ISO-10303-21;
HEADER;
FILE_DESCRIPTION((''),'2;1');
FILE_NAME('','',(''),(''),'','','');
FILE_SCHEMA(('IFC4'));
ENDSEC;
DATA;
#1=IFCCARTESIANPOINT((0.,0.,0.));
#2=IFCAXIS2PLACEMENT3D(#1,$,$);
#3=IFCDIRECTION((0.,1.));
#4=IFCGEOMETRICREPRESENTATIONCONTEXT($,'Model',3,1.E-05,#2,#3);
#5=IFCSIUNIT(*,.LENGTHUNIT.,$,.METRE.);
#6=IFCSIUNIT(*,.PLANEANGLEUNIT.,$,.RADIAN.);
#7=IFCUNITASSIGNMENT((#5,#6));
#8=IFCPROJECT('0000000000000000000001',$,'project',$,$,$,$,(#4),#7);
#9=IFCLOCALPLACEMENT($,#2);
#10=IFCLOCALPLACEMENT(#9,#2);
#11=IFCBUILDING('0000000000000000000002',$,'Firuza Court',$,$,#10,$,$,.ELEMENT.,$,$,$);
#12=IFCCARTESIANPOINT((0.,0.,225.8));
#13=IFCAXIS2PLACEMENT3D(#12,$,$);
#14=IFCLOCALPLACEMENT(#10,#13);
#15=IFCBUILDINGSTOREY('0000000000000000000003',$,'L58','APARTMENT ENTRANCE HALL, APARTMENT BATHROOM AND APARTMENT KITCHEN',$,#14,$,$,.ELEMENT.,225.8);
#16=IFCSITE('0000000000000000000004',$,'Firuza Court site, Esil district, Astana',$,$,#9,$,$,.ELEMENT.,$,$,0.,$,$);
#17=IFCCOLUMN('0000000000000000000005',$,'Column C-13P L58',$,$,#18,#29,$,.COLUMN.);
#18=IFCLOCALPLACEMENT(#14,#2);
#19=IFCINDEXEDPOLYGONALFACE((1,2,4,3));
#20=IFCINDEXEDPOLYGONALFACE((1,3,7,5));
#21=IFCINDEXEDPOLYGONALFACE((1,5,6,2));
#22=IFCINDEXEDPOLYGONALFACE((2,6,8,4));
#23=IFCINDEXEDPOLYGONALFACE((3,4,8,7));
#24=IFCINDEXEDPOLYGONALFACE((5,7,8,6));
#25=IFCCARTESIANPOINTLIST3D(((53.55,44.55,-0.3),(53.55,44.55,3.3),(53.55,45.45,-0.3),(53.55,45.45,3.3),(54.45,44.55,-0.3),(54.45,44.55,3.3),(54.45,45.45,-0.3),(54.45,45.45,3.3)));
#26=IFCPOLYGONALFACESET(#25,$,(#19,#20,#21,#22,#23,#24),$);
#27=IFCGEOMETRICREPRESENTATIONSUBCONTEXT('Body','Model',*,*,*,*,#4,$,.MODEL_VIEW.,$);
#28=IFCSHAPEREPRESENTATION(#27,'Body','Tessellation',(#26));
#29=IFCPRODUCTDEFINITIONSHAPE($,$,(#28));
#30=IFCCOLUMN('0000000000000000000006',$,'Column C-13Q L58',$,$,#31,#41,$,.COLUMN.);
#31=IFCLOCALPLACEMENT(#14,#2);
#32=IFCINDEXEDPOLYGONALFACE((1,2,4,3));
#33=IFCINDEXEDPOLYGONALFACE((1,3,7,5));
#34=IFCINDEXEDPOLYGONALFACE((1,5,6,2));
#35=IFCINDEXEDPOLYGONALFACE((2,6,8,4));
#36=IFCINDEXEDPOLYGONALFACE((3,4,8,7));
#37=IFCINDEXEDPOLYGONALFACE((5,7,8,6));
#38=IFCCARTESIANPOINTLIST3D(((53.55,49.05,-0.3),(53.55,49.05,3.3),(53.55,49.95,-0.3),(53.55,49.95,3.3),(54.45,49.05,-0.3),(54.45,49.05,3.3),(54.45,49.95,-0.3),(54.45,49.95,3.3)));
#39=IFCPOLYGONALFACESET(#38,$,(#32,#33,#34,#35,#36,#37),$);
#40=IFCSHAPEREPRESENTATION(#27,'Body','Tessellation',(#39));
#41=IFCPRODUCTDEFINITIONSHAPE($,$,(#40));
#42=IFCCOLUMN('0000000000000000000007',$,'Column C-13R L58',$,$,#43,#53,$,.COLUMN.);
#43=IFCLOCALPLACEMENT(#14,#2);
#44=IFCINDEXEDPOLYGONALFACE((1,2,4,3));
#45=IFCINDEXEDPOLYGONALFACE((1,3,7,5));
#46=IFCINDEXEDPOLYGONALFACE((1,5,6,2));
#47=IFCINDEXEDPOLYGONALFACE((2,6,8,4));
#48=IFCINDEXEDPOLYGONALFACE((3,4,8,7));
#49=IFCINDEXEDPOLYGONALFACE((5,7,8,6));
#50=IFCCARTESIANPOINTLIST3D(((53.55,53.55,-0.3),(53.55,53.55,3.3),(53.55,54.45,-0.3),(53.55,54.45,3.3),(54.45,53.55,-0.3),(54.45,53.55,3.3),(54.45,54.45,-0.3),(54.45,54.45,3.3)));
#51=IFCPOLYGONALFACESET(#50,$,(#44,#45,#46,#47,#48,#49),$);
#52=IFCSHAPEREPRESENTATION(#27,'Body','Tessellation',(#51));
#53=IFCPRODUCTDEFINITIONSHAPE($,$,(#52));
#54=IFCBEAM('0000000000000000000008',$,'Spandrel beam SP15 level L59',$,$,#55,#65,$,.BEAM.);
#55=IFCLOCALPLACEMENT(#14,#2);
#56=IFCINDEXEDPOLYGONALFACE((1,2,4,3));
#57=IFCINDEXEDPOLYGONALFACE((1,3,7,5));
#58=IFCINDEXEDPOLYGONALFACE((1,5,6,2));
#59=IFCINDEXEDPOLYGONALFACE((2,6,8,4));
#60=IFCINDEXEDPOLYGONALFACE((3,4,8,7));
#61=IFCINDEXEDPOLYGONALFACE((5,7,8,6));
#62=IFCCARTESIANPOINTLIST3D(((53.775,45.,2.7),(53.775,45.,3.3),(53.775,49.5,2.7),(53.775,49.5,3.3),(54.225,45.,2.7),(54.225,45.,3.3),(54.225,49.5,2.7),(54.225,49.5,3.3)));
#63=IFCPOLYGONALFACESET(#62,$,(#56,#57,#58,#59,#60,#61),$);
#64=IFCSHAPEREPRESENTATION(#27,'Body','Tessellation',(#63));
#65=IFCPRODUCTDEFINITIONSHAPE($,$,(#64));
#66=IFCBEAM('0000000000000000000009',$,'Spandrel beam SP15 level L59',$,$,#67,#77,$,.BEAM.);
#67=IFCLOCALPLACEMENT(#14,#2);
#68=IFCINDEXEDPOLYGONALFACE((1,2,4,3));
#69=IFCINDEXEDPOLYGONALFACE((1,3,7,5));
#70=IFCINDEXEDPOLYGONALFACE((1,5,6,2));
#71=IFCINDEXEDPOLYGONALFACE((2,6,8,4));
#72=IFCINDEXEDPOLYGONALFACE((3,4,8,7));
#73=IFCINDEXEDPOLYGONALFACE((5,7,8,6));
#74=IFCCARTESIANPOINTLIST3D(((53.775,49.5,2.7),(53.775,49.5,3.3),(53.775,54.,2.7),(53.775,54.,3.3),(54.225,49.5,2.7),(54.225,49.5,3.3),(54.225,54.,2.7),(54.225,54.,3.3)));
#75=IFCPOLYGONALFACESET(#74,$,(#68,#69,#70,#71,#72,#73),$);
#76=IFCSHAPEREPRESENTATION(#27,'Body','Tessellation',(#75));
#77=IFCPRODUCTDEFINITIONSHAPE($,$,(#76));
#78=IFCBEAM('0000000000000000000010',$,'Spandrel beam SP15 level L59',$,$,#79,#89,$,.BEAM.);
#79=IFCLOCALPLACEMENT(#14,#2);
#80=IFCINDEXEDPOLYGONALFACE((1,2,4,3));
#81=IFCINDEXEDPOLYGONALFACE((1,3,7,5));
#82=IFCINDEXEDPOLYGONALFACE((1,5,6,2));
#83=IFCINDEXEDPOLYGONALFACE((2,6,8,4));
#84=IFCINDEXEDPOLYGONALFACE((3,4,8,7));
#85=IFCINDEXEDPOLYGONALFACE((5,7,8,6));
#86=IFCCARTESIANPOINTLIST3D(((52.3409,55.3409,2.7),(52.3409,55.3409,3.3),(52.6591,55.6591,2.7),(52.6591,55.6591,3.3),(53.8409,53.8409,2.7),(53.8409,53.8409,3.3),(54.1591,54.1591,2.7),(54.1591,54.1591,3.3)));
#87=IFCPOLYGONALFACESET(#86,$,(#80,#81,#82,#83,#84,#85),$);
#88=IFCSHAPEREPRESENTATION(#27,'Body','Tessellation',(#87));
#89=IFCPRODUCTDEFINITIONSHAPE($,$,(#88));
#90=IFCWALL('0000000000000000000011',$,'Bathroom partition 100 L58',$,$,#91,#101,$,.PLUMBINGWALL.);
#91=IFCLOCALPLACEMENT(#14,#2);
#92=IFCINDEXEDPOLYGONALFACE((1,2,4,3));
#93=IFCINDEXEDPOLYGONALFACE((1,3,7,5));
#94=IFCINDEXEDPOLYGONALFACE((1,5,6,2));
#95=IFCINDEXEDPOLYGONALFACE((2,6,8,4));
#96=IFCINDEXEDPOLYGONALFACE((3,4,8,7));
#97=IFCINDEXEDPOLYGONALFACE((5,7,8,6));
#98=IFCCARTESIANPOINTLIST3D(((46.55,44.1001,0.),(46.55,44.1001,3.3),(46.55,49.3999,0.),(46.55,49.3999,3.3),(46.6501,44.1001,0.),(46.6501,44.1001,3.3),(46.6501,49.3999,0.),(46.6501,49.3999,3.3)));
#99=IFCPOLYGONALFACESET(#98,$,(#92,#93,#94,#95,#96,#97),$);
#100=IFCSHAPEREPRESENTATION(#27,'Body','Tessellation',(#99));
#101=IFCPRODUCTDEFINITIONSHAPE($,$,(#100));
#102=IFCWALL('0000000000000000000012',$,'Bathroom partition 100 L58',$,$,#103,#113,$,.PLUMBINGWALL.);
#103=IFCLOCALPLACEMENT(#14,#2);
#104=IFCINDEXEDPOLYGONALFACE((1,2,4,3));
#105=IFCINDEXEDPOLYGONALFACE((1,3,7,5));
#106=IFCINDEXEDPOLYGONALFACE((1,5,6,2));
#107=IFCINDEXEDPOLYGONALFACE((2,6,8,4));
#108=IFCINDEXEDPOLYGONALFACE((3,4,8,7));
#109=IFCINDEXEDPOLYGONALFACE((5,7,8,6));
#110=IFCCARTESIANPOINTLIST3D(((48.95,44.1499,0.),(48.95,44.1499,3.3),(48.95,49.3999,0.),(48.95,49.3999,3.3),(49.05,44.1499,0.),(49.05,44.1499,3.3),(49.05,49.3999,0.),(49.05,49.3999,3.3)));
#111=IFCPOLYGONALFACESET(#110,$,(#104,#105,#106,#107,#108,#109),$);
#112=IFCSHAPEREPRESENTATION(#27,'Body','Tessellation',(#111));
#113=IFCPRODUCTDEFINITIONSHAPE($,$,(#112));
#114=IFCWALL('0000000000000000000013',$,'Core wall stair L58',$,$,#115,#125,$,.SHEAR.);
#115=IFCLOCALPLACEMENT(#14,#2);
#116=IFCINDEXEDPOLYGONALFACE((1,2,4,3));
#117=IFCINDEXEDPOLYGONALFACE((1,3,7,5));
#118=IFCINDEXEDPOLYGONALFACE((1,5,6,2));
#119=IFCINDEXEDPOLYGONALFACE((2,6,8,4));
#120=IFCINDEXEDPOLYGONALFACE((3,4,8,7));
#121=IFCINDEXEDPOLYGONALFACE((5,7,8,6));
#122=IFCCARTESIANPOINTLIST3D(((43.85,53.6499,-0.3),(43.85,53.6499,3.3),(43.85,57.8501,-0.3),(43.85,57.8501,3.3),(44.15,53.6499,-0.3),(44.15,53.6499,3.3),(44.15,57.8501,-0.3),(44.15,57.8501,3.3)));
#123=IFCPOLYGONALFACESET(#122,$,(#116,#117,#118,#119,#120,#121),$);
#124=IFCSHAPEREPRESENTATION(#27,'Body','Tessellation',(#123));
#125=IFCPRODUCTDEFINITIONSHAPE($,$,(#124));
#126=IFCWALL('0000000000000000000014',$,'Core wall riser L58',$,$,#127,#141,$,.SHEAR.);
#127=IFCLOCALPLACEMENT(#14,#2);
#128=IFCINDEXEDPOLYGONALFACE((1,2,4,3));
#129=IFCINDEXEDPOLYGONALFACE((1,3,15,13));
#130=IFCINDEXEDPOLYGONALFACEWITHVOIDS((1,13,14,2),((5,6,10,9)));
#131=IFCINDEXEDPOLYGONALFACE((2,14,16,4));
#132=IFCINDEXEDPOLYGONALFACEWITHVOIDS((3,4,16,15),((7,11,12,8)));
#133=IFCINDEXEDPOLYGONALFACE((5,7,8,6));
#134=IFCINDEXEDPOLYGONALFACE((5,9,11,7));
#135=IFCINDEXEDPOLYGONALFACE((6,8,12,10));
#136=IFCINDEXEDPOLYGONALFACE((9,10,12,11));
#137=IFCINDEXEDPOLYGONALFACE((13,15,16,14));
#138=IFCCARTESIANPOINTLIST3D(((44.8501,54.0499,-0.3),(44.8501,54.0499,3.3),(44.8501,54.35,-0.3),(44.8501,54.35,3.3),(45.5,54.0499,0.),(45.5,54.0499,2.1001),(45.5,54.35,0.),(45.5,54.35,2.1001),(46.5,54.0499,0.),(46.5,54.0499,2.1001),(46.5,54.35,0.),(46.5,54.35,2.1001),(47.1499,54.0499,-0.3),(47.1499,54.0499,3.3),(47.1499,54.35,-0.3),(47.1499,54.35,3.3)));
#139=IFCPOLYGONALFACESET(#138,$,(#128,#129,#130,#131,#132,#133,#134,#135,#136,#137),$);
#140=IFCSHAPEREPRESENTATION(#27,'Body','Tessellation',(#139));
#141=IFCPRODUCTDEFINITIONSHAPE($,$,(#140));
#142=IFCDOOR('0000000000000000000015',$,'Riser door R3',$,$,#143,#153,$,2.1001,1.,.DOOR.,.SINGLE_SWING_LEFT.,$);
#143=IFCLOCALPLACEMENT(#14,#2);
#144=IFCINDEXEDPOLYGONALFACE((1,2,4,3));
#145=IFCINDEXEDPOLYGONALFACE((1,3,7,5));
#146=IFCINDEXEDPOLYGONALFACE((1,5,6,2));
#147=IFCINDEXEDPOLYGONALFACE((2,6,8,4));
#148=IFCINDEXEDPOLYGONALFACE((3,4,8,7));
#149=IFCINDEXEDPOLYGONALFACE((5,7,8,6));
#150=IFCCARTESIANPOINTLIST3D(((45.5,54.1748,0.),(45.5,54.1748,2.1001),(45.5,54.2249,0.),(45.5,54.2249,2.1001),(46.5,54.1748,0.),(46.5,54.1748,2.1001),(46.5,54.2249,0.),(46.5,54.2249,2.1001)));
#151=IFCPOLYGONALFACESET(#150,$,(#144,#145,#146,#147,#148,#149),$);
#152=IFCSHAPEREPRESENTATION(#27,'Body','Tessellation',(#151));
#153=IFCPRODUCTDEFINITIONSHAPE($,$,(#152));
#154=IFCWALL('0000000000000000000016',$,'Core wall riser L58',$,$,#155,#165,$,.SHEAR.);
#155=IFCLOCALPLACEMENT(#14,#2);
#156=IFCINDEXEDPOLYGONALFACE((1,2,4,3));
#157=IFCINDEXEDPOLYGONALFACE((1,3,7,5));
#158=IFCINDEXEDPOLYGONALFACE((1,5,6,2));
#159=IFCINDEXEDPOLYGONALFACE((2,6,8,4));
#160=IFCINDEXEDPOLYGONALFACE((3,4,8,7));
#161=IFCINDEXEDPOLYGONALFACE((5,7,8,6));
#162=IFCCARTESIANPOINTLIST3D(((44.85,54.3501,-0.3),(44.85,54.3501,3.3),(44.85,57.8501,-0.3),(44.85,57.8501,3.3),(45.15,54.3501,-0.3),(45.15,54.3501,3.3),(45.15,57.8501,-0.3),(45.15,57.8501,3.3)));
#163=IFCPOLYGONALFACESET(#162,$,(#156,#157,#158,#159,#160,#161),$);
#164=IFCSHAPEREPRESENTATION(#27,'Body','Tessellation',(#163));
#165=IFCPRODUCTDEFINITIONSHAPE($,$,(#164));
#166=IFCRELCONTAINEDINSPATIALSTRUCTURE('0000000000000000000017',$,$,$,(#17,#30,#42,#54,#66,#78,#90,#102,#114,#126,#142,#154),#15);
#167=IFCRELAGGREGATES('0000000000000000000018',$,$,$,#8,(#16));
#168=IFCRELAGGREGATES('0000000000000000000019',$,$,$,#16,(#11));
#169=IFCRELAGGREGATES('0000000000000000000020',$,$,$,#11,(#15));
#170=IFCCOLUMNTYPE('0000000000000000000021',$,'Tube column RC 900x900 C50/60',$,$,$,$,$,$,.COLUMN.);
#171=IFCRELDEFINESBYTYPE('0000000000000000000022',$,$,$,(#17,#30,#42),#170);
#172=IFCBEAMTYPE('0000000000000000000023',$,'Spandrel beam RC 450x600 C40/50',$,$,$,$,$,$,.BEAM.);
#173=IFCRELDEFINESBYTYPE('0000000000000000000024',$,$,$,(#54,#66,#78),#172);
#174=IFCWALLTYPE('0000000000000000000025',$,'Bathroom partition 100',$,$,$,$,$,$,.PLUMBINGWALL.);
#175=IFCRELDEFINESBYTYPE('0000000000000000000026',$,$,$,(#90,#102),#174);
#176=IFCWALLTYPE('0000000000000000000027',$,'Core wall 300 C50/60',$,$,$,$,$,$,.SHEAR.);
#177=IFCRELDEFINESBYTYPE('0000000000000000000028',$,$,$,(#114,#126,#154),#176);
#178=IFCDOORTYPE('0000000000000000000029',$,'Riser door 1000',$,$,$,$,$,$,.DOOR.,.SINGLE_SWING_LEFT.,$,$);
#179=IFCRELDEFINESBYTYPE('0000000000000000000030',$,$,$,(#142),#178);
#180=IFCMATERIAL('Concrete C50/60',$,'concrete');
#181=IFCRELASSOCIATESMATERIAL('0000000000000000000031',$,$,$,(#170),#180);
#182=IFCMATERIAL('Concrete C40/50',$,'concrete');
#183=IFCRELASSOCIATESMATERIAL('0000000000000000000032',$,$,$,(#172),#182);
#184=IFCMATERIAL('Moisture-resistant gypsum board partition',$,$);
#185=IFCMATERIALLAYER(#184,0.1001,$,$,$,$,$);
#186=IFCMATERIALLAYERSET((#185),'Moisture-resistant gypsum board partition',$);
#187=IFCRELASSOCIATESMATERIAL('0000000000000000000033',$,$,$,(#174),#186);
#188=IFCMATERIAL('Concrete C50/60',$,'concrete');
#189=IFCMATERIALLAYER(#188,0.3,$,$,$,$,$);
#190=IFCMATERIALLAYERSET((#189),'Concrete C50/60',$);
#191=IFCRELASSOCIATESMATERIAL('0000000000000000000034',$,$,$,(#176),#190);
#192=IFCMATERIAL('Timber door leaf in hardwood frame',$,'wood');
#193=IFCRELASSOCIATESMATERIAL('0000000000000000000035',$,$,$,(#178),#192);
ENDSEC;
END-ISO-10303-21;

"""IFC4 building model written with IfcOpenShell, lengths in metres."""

from ifc_helpers import new_model, si_unit, direction, frame, frame_2d, origin, origin_2d, place, context, subcontext, project, spatial, rectangle, extrude, material, layer, layer_set, material_profile, profile_set, type_object, element, fill, save


model = new_model("IFC4")

# Units and contexts
model_context = context("Model", 3, precision=1e-05, world=origin(), true_north=direction((0.0, 1.0)))
body_context = subcontext(model_context, "Body", "Model", "MODEL_VIEW")
ifc_project = project(units=[si_unit("LENGTHUNIT", "METRE"), si_unit("PLANEANGLEUNIT", "RADIAN")], contexts=[model_context])

# Site, building, storey
site_placement = place(None, origin())
site = spatial("IfcSite", under=ifc_project, at=site_placement, Name="Firuza Court site, Esil district, Astana", CompositionType="ELEMENT", RefElevation=0.0)
building_placement = place(site_placement, origin())
building = spatial("IfcBuilding", under=site, at=building_placement, Name="Firuza Court", CompositionType="ELEMENT")
storey_placement = place(building_placement, frame((0.0, 0.0, 225.8)))
storey = spatial("IfcBuildingStorey", under=building, at=storey_placement, Name="L58", Description="APARTMENT ENTRANCE HALL, APARTMENT BATHROOM AND APARTMENT KITCHEN", CompositionType="ELEMENT", Elevation=225.8)

# Columns
ifc_material_1 = material(Name="Concrete C50/60", Category="concrete")
ifc_material_profile_1 = material_profile(ifc_material_1, rectangle(XDim=0.8999, YDim=0.8999, at=origin_2d()), Name="RC 900x900")
ifc_profile_set_1 = profile_set([ifc_material_profile_1], Name="Concrete C50/60")
column_type = type_object("IfcColumnType", Name="Tube column RC 900x900 C50/60", PredefinedType="COLUMN", material=ifc_profile_set_1)
for number, where, z_axis, x_axis, name in (
    (1, (54.0, 45.0, -0.3), (0.0, 0.0, 1.0), (1.0, 0.0, 0.0), "Column C-13P L58"),
    (2, (54.0, 49.5, -0.3), (0.0, 0.0, 1.0), (1.0, 0.0, 0.0), "Column C-13Q L58"),
    (3, (54.0, 54.0, -0.3), (0.0, 0.0, 1.0), (1.0, 0.0, 0.0), "Column C-13R L58"),
):
    element("IfcColumn", number, at=place(storey_placement, frame(where, z_axis=z_axis, x_axis=x_axis)), inside=storey, type_object=column_type, Name=name, PredefinedType="COLUMN", context=body_context, shape_type="SweptSolid", body=[
        extrude(rectangle(XDim=0.8999, YDim=0.8999, at=origin_2d()), origin(), (0.0, 0.0, 1.0), 3.6001),
    ])

# Beams
ifc_material_2 = material(Name="Concrete C40/50", Category="concrete")
ifc_material_profile_2 = material_profile(ifc_material_2, rectangle(XDim=0.45, YDim=0.6001, at=origin_2d()), Name="RC 450x600")
ifc_profile_set_2 = profile_set([ifc_material_profile_2], Name="Concrete C40/50")
beam_type = type_object("IfcBeamType", Name="Spandrel beam RC 450x600 C40/50", PredefinedType="BEAM", material=ifc_profile_set_2)
for number, where, z_axis, x_axis, name in (
    (4, (54.0, 45.0, 3.0), (0.0, 1.0, 0.0), (-1.0, 0.0, 0.0), "Spandrel beam SP15 level L59"),
    (5, (54.0, 49.5, 3.0), (0.0, 1.0, 0.0), (-1.0, 0.0, 0.0), "Spandrel beam SP15 level L59"),
):
    element("IfcBeam", number, at=place(storey_placement, frame(where, z_axis=z_axis, x_axis=x_axis)), inside=storey, type_object=beam_type, Name=name, PredefinedType="BEAM", context=body_context, shape_type="SweptSolid", body=[
        extrude(rectangle(XDim=0.45, YDim=0.6001, at=origin_2d()), origin(), (0.0, 0.0, 1.0), 4.5),
    ])
beam_placement = place(storey_placement, frame((54.0, 54.0, 3.0), z_axis=(-0.707107, 0.707107, 0.0), x_axis=(-0.707107, -0.707107, 0.0)))
element("IfcBeam", 6, at=beam_placement, inside=storey, type_object=beam_type, Name="Spandrel beam SP15 level L59", PredefinedType="BEAM", context=body_context, shape_type="SweptSolid", body=[
    extrude(rectangle(XDim=0.45, YDim=0.6001, at=origin_2d()), origin(), (0.0, 0.0, 1.0), 2.1213),
])

# Walls
ifc_material_3 = material(Name="Moisture-resistant gypsum board partition")
ifc_layer_1 = layer(ifc_material_3, 0.1001)
ifc_layer_set_1 = layer_set([ifc_layer_1], Name="Moisture-resistant gypsum board partition")
wall_type_1 = type_object("IfcWallType", Name="Bathroom partition 100", PredefinedType="PLUMBINGWALL", material=ifc_layer_set_1)
wall_1_placement = place(storey_placement, frame((46.6001, 44.1001, 0.0), z_axis=(0.0, 0.0, 1.0), x_axis=(0.0, 1.0, 0.0)))
element("IfcWall", 7, at=wall_1_placement, inside=storey, type_object=wall_type_1, Name="Bathroom partition 100 L58", PredefinedType="PLUMBINGWALL", context=body_context, shape_type="SweptSolid", body=[
    extrude(rectangle(XDim=5.2998, YDim=0.1001, at=frame_2d((2.6499, 0.0))), origin(), (0.0, 0.0, 1.0), 3.3),
])
wall_2_placement = place(storey_placement, frame((49.0, 44.1499, 0.0), z_axis=(0.0, 0.0, 1.0), x_axis=(0.0, 1.0, 0.0)))
element("IfcWall", 8, at=wall_2_placement, inside=storey, type_object=wall_type_1, Name="Bathroom partition 100 L58", PredefinedType="PLUMBINGWALL", context=body_context, shape_type="SweptSolid", body=[
    extrude(rectangle(XDim=5.25, YDim=0.1001, at=frame_2d((2.625, 0.0))), origin(), (0.0, 0.0, 1.0), 3.3),
])
ifc_material_4 = material(Name="Concrete C50/60", Category="concrete")
ifc_layer_2 = layer(ifc_material_4, 0.3)
ifc_layer_set_2 = layer_set([ifc_layer_2], Name="Concrete C50/60")
wall_type_2 = type_object("IfcWallType", Name="Core wall 300 C50/60", PredefinedType="SHEAR", material=ifc_layer_set_2)
wall_3_placement = place(storey_placement, frame((44.0, 53.6499, -0.3), z_axis=(0.0, 0.0, 1.0), x_axis=(0.0, 1.0, 0.0)))
element("IfcWall", 9, at=wall_3_placement, inside=storey, type_object=wall_type_2, Name="Core wall stair L58", PredefinedType="SHEAR", context=body_context, shape_type="SweptSolid", body=[
    extrude(rectangle(XDim=4.2002, YDim=0.3, at=frame_2d((2.1001, 0.0))), origin(), (0.0, 0.0, 1.0), 3.6001),
])

# Wall, opening, door
wall_4_placement = place(storey_placement, frame((44.8501, 54.2, -0.3), z_axis=(0.0, 0.0, 1.0), x_axis=(1.0, 0.0, 0.0)))
wall_4 = element("IfcWall", 10, at=wall_4_placement, inside=storey, type_object=wall_type_2, Name="Core wall riser L58", PredefinedType="SHEAR", context=body_context, shape_type="SweptSolid", body=[
    extrude(rectangle(XDim=2.2998, YDim=0.3, at=frame_2d((1.1499, 0.0))), origin(), (0.0, 0.0, 1.0), 3.6001),
])
opening_1_placement = place(wall_4_placement, frame((0.6499, 0.0, 0.3)))
opening_1 = element("IfcOpeningElement", 11, at=opening_1_placement, cuts=wall_4, PredefinedType="OPENING", context=body_context, shape_type="SweptSolid", body=[
    extrude(rectangle(XDim=1.0, YDim=2.1001, at=frame_2d((0.5, 1.05))), frame((0.0, 0.1621, 0.0), z_axis=(0.0, -1.0, 0.0), x_axis=(1.0, 0.0, 0.0)), (0.0, 0.0, 1.0), 0.324),
])
ifc_material_5 = material(Name="Timber door leaf in hardwood frame", Category="wood")
door_type_1 = type_object("IfcDoorType", Name="Riser door 1000", OperationType="SINGLE_SWING_LEFT", PredefinedType="DOOR", material=ifc_material_5)
door_1_placement = place(opening_1_placement, origin())
door_1 = element("IfcDoor", 12, at=door_1_placement, inside=storey, type_object=door_type_1, Name="Riser door R3", OperationType="SINGLE_SWING_LEFT", OverallHeight=2.1001, OverallWidth=1.0, PredefinedType="DOOR", context=body_context, shape_type="SweptSolid", body=[
    extrude(rectangle(XDim=1.0, YDim=2.1001, at=frame_2d((0.5, 1.05))), frame((0.0, 0.0249, 0.0), z_axis=(0.0, -1.0, 0.0), x_axis=(1.0, 0.0, 0.0)), (0.0, 0.0, 1.0), 0.05),
])
fill(opening_1, door_1)

# Wall
wall_5_placement = place(storey_placement, frame((45.0, 54.3501, -0.3), z_axis=(0.0, 0.0, 1.0), x_axis=(0.0, 1.0, 0.0)))
element("IfcWall", 13, at=wall_5_placement, inside=storey, type_object=wall_type_2, Name="Core wall riser L58", PredefinedType="SHEAR", context=body_context, shape_type="SweptSolid", body=[
    extrude(rectangle(XDim=3.5, YDim=0.3, at=frame_2d((1.75, 0.0))), origin(), (0.0, 0.0, 1.0), 3.6001),
])

save(model, "model.ifc")
